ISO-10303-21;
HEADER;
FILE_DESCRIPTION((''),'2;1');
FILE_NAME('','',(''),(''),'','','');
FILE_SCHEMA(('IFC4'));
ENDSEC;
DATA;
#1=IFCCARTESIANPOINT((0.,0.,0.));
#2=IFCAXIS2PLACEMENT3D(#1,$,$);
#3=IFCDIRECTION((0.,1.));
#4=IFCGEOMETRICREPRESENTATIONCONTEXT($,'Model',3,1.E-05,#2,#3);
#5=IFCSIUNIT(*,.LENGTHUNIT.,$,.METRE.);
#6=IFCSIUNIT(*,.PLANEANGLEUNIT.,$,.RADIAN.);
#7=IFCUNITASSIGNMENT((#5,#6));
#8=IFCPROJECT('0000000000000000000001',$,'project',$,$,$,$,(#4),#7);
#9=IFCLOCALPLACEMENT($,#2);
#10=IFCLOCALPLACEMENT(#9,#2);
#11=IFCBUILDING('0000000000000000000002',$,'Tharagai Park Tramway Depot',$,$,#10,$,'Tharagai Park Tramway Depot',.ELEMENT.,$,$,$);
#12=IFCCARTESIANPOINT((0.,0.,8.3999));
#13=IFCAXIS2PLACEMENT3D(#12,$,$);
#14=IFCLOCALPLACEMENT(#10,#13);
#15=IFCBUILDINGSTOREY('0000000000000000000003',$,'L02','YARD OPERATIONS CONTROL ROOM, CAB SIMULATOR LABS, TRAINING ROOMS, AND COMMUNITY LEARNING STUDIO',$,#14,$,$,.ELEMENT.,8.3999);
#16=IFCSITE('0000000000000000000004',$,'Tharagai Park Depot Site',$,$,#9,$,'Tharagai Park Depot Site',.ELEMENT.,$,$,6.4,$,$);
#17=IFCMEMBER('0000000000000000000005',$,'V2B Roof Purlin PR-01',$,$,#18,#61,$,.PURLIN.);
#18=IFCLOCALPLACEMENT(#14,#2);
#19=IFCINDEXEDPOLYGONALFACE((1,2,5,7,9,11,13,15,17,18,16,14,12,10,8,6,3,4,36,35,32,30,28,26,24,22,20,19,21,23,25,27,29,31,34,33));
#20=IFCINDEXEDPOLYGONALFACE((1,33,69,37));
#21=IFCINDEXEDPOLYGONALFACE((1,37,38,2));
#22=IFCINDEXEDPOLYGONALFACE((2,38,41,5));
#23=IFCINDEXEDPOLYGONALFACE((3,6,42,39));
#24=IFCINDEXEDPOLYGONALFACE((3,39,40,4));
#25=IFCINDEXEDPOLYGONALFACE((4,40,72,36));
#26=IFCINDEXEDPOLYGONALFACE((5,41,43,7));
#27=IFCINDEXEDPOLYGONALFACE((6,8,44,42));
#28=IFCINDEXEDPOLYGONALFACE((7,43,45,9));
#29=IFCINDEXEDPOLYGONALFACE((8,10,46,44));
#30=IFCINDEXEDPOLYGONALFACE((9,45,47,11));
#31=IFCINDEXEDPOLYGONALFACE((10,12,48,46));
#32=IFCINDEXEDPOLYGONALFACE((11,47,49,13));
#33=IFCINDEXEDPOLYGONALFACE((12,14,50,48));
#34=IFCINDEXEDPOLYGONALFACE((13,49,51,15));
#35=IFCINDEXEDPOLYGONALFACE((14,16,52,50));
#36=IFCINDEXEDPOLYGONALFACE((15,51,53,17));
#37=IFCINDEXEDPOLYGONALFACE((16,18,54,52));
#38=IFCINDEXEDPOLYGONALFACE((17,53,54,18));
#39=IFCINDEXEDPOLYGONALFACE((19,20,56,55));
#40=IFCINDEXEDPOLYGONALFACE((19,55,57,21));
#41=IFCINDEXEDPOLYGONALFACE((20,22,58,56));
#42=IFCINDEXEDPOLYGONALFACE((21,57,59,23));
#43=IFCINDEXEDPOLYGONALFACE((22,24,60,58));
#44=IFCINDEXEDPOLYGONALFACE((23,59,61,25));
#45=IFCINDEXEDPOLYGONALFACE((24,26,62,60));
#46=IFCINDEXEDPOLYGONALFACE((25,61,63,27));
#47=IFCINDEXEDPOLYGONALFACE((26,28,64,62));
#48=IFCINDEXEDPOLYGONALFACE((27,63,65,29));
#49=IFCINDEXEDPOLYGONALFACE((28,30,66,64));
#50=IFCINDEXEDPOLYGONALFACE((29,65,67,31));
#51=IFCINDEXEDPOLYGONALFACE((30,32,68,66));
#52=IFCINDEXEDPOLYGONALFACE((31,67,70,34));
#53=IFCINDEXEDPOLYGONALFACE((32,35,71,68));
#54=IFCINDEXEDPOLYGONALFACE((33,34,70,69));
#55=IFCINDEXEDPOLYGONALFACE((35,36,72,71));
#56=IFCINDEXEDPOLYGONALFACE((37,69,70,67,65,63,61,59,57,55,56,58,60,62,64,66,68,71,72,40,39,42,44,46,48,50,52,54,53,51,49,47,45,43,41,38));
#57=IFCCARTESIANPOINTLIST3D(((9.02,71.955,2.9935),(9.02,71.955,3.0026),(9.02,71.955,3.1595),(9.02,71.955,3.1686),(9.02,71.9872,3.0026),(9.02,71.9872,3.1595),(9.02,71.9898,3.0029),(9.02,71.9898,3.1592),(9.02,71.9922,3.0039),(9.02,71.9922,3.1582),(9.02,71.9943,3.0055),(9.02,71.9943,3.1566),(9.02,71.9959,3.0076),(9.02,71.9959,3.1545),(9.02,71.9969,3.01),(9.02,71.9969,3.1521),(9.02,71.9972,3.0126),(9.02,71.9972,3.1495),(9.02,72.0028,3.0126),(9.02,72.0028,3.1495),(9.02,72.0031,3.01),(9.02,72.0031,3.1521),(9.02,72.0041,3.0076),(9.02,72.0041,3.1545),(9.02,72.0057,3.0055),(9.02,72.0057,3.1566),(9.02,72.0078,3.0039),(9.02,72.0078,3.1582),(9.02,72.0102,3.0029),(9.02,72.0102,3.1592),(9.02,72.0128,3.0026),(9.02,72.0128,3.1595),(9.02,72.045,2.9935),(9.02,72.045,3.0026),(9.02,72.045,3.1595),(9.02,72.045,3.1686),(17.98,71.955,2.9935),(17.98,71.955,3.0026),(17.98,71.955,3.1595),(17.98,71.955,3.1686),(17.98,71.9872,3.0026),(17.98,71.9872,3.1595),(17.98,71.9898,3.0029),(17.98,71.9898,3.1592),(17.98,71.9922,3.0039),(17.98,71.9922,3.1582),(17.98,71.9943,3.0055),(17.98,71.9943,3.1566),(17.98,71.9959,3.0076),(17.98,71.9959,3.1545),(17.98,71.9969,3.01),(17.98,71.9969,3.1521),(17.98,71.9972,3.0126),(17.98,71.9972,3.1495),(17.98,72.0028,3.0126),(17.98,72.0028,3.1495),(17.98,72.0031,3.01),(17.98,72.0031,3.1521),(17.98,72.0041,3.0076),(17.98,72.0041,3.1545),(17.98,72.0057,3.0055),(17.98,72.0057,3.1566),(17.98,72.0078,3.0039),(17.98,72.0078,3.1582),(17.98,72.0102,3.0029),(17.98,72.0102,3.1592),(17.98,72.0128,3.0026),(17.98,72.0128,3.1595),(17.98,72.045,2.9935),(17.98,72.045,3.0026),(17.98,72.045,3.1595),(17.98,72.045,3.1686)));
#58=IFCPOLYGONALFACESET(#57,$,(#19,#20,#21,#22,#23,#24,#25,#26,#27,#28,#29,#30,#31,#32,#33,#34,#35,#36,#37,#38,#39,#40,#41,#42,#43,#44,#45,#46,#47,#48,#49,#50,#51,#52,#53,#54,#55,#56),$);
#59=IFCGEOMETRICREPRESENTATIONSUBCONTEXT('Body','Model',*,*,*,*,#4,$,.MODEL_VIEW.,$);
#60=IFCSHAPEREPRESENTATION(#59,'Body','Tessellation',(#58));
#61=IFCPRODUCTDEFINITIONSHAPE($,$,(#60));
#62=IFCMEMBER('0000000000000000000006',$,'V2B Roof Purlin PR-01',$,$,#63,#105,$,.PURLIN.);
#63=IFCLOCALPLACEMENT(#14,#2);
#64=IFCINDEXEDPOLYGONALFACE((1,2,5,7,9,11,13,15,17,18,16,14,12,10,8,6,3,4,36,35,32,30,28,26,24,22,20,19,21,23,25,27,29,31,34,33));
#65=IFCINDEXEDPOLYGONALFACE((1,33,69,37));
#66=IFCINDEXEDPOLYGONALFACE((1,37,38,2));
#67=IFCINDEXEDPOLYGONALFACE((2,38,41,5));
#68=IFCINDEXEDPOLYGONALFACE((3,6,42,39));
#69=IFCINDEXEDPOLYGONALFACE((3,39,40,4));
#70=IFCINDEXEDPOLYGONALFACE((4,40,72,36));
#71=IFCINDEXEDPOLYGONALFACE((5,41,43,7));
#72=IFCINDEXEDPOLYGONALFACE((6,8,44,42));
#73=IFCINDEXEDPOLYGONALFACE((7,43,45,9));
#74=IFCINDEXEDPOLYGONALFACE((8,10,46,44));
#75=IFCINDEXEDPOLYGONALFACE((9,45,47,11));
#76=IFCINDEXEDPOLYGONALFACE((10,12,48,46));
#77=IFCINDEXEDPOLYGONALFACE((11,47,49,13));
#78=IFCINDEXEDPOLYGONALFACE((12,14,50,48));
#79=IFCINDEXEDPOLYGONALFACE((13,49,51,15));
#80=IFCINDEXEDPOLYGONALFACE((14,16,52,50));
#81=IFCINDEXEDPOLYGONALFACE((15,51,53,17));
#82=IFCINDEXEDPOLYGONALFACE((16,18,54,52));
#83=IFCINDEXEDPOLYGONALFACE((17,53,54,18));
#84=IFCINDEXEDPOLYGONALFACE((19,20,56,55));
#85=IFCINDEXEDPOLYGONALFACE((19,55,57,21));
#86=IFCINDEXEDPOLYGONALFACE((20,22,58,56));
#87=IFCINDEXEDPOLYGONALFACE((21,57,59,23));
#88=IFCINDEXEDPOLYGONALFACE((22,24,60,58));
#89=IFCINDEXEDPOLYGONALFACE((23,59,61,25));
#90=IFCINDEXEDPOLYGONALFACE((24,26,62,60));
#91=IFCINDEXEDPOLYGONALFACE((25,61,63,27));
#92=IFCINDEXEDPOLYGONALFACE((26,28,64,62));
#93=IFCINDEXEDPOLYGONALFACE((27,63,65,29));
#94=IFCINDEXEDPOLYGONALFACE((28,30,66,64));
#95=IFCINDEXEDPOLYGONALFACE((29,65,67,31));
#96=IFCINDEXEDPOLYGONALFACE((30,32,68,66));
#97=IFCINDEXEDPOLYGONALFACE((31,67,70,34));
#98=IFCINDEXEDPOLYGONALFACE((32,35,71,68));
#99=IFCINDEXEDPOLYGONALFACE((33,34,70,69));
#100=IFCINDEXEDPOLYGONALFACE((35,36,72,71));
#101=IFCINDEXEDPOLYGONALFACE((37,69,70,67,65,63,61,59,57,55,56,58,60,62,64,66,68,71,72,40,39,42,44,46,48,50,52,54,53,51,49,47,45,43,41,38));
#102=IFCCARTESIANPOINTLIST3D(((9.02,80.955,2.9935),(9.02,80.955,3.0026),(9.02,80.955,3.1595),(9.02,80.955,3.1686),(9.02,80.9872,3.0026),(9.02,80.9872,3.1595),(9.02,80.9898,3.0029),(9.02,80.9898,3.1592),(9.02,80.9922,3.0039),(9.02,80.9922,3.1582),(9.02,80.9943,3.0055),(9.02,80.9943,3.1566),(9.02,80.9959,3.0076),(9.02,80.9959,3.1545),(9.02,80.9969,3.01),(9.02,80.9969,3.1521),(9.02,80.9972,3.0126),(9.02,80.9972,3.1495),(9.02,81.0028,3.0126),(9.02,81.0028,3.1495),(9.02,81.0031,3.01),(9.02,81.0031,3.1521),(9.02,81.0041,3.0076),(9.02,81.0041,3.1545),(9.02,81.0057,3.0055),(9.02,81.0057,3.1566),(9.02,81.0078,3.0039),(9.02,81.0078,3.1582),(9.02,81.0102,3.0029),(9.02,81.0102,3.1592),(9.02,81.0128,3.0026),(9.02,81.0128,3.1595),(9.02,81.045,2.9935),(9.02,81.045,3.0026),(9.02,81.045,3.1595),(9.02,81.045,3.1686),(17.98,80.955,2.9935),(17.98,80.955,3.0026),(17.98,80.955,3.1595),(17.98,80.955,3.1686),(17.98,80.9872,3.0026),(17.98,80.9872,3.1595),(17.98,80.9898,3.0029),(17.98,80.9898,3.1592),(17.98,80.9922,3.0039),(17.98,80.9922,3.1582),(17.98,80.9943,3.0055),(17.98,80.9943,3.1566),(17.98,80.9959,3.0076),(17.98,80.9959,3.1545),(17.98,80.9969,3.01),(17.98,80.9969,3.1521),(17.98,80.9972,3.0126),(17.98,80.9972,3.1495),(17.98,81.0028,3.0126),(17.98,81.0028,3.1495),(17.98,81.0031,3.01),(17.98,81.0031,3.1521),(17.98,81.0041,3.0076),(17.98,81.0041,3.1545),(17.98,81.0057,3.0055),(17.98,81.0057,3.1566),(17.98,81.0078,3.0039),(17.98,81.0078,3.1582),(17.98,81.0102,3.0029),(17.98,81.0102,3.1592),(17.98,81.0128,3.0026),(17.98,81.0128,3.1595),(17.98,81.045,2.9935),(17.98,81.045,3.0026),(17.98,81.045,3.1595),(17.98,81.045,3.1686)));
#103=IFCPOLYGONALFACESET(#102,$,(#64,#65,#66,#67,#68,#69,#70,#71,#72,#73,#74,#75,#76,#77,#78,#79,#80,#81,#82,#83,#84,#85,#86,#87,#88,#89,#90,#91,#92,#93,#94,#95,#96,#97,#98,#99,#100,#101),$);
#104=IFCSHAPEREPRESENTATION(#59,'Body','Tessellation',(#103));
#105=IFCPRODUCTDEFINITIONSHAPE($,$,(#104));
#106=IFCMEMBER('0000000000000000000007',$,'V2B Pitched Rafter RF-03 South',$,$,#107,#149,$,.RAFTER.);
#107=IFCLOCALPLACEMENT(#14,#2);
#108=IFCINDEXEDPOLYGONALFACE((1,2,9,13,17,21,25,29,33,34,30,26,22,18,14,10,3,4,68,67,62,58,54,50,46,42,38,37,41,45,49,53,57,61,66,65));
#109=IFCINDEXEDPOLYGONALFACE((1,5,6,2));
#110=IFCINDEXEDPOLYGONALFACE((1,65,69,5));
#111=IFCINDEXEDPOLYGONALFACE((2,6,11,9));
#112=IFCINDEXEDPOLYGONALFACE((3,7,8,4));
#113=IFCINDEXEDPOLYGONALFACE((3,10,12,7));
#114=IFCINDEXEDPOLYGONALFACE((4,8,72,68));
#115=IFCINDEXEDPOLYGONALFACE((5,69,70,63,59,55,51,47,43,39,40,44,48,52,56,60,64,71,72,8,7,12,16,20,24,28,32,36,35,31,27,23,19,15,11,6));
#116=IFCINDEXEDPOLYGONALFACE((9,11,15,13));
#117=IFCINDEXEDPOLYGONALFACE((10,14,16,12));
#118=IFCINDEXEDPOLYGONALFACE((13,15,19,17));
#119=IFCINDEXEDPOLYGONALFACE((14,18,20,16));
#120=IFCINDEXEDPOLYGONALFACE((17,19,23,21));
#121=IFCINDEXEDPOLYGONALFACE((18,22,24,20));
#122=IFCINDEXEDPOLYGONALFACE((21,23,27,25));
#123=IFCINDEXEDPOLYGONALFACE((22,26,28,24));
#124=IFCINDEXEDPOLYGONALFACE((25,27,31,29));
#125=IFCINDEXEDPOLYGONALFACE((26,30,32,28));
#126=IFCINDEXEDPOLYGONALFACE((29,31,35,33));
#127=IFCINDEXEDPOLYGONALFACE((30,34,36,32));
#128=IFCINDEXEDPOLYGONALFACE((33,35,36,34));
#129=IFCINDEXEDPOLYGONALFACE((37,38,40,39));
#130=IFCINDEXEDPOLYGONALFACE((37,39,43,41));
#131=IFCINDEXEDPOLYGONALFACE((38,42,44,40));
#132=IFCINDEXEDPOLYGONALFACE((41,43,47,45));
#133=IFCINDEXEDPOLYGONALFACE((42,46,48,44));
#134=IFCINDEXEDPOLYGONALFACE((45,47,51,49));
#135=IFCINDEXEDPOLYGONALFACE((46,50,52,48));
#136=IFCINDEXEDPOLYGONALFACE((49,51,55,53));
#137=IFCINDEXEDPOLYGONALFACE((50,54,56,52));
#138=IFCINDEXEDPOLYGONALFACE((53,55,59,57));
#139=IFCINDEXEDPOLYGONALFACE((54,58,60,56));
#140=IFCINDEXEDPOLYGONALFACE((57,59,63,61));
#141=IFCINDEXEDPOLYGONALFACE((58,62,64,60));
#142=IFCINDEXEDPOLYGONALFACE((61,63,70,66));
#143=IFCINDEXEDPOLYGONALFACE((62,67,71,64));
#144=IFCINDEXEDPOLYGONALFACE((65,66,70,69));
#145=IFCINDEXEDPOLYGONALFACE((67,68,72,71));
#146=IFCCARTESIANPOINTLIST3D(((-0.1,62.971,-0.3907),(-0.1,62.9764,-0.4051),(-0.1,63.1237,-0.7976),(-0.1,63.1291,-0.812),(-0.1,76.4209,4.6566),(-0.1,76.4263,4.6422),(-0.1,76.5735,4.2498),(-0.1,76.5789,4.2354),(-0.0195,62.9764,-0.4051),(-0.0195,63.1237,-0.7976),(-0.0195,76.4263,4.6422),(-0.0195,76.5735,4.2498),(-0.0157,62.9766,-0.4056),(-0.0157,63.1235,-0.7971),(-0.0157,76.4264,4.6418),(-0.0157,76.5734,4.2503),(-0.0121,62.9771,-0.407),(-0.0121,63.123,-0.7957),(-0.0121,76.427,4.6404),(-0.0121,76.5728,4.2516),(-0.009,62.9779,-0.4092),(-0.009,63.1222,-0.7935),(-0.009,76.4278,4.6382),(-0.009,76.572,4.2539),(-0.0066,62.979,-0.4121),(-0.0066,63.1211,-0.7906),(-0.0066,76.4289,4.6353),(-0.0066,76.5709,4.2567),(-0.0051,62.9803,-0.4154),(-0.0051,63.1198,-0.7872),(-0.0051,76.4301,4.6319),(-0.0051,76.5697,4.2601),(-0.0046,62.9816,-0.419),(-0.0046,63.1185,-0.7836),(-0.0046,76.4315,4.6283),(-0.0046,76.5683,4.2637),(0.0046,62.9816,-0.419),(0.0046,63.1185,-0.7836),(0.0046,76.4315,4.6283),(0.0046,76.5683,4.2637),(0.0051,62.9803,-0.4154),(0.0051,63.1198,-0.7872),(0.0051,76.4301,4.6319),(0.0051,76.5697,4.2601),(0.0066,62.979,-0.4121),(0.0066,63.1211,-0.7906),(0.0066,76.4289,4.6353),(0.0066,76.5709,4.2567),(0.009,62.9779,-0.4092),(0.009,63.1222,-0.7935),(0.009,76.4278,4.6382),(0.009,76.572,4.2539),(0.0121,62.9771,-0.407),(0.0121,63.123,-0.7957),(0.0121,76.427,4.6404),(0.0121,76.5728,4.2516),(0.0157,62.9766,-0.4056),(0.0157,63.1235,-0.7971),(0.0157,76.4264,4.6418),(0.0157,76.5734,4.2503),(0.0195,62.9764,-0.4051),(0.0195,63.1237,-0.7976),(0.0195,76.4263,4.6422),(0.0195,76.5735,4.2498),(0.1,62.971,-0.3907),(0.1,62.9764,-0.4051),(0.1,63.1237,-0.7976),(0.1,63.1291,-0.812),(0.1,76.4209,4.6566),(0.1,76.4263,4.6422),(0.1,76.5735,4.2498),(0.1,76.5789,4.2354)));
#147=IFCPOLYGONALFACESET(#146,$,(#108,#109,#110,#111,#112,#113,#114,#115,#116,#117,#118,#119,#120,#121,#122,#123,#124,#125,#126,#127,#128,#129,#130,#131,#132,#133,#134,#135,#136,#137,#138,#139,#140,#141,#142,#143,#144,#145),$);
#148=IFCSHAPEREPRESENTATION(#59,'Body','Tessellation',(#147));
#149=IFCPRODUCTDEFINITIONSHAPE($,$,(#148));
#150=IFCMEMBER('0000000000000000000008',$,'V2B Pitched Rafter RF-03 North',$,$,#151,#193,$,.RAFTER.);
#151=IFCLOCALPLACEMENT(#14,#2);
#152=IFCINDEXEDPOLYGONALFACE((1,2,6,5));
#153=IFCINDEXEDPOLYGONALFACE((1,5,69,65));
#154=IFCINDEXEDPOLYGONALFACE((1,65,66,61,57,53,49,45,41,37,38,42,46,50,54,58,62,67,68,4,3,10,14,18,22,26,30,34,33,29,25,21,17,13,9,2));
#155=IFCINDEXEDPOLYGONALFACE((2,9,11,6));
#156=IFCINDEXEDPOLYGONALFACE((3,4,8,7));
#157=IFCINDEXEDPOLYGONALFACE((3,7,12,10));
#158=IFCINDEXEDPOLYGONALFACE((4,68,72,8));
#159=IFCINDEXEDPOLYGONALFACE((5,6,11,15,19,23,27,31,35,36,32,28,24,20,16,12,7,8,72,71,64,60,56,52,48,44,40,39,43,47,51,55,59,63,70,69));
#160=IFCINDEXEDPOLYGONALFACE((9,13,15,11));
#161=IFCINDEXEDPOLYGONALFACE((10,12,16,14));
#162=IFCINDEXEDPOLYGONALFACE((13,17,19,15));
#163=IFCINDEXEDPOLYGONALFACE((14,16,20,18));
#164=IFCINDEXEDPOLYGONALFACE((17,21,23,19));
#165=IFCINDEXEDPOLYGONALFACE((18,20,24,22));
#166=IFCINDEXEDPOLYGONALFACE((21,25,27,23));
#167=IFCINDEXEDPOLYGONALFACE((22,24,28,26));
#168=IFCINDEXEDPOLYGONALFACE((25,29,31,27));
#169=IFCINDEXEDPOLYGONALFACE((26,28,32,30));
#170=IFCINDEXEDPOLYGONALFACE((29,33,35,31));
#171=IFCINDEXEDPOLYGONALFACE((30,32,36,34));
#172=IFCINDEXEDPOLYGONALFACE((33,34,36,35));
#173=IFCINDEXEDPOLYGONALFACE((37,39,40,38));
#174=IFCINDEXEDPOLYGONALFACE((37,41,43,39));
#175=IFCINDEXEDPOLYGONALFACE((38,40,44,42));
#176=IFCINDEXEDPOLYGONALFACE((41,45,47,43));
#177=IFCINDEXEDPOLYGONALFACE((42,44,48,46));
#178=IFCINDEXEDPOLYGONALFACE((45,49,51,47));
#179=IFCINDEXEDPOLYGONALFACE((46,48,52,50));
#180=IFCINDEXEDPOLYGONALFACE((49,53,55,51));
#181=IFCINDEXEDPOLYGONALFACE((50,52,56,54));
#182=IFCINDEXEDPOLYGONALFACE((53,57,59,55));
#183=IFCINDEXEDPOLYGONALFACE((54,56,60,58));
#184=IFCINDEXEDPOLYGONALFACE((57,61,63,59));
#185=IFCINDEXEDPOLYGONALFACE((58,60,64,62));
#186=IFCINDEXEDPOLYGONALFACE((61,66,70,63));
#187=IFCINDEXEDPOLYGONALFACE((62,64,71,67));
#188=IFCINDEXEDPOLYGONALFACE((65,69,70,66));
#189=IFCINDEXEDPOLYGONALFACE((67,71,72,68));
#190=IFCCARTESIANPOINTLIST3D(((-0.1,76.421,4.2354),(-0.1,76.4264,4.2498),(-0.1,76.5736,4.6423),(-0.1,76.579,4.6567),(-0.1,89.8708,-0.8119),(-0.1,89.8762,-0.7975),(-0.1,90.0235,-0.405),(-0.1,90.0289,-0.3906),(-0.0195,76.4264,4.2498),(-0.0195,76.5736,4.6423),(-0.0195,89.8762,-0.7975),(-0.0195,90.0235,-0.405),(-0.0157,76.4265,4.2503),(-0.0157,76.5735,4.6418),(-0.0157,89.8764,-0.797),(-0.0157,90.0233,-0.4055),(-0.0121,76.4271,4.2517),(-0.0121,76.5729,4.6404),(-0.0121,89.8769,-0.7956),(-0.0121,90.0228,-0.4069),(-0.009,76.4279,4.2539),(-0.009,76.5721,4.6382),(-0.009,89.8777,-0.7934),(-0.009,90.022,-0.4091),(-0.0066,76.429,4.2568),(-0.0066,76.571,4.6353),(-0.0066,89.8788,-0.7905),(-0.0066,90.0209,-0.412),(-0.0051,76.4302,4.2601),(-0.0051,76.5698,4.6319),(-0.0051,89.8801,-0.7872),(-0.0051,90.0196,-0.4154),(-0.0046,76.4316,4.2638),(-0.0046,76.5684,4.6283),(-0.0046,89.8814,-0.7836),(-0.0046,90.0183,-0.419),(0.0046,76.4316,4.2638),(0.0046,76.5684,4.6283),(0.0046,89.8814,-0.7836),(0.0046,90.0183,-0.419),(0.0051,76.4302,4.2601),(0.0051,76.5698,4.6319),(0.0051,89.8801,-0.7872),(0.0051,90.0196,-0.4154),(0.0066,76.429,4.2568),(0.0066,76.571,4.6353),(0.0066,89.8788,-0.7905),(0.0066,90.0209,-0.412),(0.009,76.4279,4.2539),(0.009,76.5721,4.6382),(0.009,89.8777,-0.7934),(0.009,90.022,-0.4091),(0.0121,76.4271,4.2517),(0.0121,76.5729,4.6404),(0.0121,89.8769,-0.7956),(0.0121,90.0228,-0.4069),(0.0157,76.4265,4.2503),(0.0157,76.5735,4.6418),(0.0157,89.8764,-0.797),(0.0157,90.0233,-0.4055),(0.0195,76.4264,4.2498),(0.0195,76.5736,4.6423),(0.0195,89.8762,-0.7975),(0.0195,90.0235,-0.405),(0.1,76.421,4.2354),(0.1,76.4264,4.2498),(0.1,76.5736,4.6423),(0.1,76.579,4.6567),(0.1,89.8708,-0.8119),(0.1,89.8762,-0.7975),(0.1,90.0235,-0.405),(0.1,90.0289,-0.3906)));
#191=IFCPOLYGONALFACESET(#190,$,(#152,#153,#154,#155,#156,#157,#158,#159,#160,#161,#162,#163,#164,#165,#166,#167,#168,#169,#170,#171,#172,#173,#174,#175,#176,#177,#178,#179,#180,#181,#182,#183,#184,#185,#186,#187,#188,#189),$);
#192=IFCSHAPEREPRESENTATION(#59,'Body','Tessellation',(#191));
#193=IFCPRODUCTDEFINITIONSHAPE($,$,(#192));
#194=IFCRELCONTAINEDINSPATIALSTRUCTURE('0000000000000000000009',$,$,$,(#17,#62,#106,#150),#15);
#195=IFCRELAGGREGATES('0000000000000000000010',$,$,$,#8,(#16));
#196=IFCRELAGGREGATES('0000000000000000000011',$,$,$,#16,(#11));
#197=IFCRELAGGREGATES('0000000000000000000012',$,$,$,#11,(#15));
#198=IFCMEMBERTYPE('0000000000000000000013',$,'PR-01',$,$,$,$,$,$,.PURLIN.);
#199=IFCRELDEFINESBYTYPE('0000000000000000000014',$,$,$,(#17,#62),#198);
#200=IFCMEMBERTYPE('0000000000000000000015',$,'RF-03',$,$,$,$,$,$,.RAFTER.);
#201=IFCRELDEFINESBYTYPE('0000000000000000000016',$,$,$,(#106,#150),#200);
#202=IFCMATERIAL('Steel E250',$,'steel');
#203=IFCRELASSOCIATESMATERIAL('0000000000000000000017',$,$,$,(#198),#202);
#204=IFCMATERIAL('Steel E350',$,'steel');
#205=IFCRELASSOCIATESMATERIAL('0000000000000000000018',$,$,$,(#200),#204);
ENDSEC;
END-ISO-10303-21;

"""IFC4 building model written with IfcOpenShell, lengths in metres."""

from ifc_helpers import new_model, si_unit, direction, frame, origin, origin_2d, place, context, subcontext, project, spatial, i_section, extrude, material, material_profile, profile_set, type_object, element, save


model = new_model("IFC4")

# Units and contexts
model_context = context("Model", 3, precision=1e-05, world=origin(), true_north=direction((0.0, 1.0)))
body_context = subcontext(model_context, "Body", "Model", "MODEL_VIEW")
ifc_project = project(units=[si_unit("LENGTHUNIT", "METRE"), si_unit("PLANEANGLEUNIT", "RADIAN")], contexts=[model_context])

# Site, building, storey
site_placement = place(None, origin())
site = spatial("IfcSite", under=ifc_project, at=site_placement, Name="Tharagai Park Depot Site", LongName="Tharagai Park Depot Site", CompositionType="ELEMENT", RefElevation=6.4)
building_placement = place(site_placement, origin())
building = spatial("IfcBuilding", under=site, at=building_placement, Name="Tharagai Park Tramway Depot", LongName="Tharagai Park Tramway Depot", CompositionType="ELEMENT")
storey_placement = place(building_placement, frame((0.0, 0.0, 8.3999)))
storey = spatial("IfcBuildingStorey", under=building, at=storey_placement, Name="L02", Description="YARD OPERATIONS CONTROL ROOM, CAB SIMULATOR LABS, TRAINING ROOMS, AND COMMUNITY LEARNING STUDIO", CompositionType="ELEMENT", Elevation=8.3999)

# Shared definitions
ifc_material_1 = material(Name="Steel E350", Category="steel")

# Members
ifc_material_2 = material(Name="Steel E250", Category="steel")
ifc_material_profile_1 = material_profile(ifc_material_2, i_section(OverallWidth=0.0901, OverallDepth=0.175, WebThickness=0.0056, FlangeThickness=0.009, FilletRadius=0.01, at=origin_2d()), Name="ISMB 175")
ifc_profile_set_1 = profile_set([ifc_material_profile_1], Name="Steel E250")
member_type_1 = type_object("IfcMemberType", Name="PR-01", PredefinedType="PURLIN", material=ifc_profile_set_1)
for number, where, z_axis, x_axis, name in (
    (1, (9.02, 72.0, 3.0811), (1.0, 0.0, 0.0), (0.0, 1.0, 0.0), "V2B Roof Purlin PR-01"),
    (2, (9.02, 81.0, 3.0811), (1.0, 0.0, 0.0), (0.0, 1.0, 0.0), "V2B Roof Purlin PR-01"),
):
    element("IfcMember", number, at=place(storey_placement, frame(where, z_axis=z_axis, x_axis=x_axis)), inside=storey, type_object=member_type_1, Name=name, PredefinedType="PURLIN", context=body_context, shape_type="SweptSolid", body=[
        extrude(i_section(OverallWidth=0.0901, OverallDepth=0.175, WebThickness=0.0056, FlangeThickness=0.009, FilletRadius=0.01, at=origin_2d()), origin(), (0.0, 0.0, 1.0), 8.96),
    ])
ifc_material_profile_2 = material_profile(ifc_material_1, i_section(OverallWidth=0.2, OverallDepth=0.45, WebThickness=0.0093, FlangeThickness=0.0154, FilletRadius=0.0149, at=origin_2d()), Name="ISWB 450")
ifc_profile_set_2 = profile_set([ifc_material_profile_2], Name="Steel E350")
member_type_2 = type_object("IfcMemberType", Name="RF-03", PredefinedType="RAFTER", material=ifc_profile_set_2)
for number, where, z_axis, x_axis, name in (
    (3, (0.0, 63.05, -0.6013), (0.0, 0.936246, 0.351345), (-1.0, 0.0, 0.0), "V2B Pitched Rafter RF-03 South"),
    (4, (0.0, 76.5, 4.446), (0.0, 0.936246, -0.351345), (-1.0, 0.0, 0.0), "V2B Pitched Rafter RF-03 North"),
):
    element("IfcMember", number, at=place(storey_placement, frame(where, z_axis=z_axis, x_axis=x_axis)), inside=storey, type_object=member_type_2, Name=name, PredefinedType="RAFTER", context=body_context, shape_type="SweptSolid", body=[
        extrude(i_section(OverallWidth=0.2, OverallDepth=0.45, WebThickness=0.0093, FlangeThickness=0.0154, FilletRadius=0.0149, at=origin_2d()), origin(), (0.0, 0.0, 1.0), 14.3657),
    ])

save(model, "model.ifc")
